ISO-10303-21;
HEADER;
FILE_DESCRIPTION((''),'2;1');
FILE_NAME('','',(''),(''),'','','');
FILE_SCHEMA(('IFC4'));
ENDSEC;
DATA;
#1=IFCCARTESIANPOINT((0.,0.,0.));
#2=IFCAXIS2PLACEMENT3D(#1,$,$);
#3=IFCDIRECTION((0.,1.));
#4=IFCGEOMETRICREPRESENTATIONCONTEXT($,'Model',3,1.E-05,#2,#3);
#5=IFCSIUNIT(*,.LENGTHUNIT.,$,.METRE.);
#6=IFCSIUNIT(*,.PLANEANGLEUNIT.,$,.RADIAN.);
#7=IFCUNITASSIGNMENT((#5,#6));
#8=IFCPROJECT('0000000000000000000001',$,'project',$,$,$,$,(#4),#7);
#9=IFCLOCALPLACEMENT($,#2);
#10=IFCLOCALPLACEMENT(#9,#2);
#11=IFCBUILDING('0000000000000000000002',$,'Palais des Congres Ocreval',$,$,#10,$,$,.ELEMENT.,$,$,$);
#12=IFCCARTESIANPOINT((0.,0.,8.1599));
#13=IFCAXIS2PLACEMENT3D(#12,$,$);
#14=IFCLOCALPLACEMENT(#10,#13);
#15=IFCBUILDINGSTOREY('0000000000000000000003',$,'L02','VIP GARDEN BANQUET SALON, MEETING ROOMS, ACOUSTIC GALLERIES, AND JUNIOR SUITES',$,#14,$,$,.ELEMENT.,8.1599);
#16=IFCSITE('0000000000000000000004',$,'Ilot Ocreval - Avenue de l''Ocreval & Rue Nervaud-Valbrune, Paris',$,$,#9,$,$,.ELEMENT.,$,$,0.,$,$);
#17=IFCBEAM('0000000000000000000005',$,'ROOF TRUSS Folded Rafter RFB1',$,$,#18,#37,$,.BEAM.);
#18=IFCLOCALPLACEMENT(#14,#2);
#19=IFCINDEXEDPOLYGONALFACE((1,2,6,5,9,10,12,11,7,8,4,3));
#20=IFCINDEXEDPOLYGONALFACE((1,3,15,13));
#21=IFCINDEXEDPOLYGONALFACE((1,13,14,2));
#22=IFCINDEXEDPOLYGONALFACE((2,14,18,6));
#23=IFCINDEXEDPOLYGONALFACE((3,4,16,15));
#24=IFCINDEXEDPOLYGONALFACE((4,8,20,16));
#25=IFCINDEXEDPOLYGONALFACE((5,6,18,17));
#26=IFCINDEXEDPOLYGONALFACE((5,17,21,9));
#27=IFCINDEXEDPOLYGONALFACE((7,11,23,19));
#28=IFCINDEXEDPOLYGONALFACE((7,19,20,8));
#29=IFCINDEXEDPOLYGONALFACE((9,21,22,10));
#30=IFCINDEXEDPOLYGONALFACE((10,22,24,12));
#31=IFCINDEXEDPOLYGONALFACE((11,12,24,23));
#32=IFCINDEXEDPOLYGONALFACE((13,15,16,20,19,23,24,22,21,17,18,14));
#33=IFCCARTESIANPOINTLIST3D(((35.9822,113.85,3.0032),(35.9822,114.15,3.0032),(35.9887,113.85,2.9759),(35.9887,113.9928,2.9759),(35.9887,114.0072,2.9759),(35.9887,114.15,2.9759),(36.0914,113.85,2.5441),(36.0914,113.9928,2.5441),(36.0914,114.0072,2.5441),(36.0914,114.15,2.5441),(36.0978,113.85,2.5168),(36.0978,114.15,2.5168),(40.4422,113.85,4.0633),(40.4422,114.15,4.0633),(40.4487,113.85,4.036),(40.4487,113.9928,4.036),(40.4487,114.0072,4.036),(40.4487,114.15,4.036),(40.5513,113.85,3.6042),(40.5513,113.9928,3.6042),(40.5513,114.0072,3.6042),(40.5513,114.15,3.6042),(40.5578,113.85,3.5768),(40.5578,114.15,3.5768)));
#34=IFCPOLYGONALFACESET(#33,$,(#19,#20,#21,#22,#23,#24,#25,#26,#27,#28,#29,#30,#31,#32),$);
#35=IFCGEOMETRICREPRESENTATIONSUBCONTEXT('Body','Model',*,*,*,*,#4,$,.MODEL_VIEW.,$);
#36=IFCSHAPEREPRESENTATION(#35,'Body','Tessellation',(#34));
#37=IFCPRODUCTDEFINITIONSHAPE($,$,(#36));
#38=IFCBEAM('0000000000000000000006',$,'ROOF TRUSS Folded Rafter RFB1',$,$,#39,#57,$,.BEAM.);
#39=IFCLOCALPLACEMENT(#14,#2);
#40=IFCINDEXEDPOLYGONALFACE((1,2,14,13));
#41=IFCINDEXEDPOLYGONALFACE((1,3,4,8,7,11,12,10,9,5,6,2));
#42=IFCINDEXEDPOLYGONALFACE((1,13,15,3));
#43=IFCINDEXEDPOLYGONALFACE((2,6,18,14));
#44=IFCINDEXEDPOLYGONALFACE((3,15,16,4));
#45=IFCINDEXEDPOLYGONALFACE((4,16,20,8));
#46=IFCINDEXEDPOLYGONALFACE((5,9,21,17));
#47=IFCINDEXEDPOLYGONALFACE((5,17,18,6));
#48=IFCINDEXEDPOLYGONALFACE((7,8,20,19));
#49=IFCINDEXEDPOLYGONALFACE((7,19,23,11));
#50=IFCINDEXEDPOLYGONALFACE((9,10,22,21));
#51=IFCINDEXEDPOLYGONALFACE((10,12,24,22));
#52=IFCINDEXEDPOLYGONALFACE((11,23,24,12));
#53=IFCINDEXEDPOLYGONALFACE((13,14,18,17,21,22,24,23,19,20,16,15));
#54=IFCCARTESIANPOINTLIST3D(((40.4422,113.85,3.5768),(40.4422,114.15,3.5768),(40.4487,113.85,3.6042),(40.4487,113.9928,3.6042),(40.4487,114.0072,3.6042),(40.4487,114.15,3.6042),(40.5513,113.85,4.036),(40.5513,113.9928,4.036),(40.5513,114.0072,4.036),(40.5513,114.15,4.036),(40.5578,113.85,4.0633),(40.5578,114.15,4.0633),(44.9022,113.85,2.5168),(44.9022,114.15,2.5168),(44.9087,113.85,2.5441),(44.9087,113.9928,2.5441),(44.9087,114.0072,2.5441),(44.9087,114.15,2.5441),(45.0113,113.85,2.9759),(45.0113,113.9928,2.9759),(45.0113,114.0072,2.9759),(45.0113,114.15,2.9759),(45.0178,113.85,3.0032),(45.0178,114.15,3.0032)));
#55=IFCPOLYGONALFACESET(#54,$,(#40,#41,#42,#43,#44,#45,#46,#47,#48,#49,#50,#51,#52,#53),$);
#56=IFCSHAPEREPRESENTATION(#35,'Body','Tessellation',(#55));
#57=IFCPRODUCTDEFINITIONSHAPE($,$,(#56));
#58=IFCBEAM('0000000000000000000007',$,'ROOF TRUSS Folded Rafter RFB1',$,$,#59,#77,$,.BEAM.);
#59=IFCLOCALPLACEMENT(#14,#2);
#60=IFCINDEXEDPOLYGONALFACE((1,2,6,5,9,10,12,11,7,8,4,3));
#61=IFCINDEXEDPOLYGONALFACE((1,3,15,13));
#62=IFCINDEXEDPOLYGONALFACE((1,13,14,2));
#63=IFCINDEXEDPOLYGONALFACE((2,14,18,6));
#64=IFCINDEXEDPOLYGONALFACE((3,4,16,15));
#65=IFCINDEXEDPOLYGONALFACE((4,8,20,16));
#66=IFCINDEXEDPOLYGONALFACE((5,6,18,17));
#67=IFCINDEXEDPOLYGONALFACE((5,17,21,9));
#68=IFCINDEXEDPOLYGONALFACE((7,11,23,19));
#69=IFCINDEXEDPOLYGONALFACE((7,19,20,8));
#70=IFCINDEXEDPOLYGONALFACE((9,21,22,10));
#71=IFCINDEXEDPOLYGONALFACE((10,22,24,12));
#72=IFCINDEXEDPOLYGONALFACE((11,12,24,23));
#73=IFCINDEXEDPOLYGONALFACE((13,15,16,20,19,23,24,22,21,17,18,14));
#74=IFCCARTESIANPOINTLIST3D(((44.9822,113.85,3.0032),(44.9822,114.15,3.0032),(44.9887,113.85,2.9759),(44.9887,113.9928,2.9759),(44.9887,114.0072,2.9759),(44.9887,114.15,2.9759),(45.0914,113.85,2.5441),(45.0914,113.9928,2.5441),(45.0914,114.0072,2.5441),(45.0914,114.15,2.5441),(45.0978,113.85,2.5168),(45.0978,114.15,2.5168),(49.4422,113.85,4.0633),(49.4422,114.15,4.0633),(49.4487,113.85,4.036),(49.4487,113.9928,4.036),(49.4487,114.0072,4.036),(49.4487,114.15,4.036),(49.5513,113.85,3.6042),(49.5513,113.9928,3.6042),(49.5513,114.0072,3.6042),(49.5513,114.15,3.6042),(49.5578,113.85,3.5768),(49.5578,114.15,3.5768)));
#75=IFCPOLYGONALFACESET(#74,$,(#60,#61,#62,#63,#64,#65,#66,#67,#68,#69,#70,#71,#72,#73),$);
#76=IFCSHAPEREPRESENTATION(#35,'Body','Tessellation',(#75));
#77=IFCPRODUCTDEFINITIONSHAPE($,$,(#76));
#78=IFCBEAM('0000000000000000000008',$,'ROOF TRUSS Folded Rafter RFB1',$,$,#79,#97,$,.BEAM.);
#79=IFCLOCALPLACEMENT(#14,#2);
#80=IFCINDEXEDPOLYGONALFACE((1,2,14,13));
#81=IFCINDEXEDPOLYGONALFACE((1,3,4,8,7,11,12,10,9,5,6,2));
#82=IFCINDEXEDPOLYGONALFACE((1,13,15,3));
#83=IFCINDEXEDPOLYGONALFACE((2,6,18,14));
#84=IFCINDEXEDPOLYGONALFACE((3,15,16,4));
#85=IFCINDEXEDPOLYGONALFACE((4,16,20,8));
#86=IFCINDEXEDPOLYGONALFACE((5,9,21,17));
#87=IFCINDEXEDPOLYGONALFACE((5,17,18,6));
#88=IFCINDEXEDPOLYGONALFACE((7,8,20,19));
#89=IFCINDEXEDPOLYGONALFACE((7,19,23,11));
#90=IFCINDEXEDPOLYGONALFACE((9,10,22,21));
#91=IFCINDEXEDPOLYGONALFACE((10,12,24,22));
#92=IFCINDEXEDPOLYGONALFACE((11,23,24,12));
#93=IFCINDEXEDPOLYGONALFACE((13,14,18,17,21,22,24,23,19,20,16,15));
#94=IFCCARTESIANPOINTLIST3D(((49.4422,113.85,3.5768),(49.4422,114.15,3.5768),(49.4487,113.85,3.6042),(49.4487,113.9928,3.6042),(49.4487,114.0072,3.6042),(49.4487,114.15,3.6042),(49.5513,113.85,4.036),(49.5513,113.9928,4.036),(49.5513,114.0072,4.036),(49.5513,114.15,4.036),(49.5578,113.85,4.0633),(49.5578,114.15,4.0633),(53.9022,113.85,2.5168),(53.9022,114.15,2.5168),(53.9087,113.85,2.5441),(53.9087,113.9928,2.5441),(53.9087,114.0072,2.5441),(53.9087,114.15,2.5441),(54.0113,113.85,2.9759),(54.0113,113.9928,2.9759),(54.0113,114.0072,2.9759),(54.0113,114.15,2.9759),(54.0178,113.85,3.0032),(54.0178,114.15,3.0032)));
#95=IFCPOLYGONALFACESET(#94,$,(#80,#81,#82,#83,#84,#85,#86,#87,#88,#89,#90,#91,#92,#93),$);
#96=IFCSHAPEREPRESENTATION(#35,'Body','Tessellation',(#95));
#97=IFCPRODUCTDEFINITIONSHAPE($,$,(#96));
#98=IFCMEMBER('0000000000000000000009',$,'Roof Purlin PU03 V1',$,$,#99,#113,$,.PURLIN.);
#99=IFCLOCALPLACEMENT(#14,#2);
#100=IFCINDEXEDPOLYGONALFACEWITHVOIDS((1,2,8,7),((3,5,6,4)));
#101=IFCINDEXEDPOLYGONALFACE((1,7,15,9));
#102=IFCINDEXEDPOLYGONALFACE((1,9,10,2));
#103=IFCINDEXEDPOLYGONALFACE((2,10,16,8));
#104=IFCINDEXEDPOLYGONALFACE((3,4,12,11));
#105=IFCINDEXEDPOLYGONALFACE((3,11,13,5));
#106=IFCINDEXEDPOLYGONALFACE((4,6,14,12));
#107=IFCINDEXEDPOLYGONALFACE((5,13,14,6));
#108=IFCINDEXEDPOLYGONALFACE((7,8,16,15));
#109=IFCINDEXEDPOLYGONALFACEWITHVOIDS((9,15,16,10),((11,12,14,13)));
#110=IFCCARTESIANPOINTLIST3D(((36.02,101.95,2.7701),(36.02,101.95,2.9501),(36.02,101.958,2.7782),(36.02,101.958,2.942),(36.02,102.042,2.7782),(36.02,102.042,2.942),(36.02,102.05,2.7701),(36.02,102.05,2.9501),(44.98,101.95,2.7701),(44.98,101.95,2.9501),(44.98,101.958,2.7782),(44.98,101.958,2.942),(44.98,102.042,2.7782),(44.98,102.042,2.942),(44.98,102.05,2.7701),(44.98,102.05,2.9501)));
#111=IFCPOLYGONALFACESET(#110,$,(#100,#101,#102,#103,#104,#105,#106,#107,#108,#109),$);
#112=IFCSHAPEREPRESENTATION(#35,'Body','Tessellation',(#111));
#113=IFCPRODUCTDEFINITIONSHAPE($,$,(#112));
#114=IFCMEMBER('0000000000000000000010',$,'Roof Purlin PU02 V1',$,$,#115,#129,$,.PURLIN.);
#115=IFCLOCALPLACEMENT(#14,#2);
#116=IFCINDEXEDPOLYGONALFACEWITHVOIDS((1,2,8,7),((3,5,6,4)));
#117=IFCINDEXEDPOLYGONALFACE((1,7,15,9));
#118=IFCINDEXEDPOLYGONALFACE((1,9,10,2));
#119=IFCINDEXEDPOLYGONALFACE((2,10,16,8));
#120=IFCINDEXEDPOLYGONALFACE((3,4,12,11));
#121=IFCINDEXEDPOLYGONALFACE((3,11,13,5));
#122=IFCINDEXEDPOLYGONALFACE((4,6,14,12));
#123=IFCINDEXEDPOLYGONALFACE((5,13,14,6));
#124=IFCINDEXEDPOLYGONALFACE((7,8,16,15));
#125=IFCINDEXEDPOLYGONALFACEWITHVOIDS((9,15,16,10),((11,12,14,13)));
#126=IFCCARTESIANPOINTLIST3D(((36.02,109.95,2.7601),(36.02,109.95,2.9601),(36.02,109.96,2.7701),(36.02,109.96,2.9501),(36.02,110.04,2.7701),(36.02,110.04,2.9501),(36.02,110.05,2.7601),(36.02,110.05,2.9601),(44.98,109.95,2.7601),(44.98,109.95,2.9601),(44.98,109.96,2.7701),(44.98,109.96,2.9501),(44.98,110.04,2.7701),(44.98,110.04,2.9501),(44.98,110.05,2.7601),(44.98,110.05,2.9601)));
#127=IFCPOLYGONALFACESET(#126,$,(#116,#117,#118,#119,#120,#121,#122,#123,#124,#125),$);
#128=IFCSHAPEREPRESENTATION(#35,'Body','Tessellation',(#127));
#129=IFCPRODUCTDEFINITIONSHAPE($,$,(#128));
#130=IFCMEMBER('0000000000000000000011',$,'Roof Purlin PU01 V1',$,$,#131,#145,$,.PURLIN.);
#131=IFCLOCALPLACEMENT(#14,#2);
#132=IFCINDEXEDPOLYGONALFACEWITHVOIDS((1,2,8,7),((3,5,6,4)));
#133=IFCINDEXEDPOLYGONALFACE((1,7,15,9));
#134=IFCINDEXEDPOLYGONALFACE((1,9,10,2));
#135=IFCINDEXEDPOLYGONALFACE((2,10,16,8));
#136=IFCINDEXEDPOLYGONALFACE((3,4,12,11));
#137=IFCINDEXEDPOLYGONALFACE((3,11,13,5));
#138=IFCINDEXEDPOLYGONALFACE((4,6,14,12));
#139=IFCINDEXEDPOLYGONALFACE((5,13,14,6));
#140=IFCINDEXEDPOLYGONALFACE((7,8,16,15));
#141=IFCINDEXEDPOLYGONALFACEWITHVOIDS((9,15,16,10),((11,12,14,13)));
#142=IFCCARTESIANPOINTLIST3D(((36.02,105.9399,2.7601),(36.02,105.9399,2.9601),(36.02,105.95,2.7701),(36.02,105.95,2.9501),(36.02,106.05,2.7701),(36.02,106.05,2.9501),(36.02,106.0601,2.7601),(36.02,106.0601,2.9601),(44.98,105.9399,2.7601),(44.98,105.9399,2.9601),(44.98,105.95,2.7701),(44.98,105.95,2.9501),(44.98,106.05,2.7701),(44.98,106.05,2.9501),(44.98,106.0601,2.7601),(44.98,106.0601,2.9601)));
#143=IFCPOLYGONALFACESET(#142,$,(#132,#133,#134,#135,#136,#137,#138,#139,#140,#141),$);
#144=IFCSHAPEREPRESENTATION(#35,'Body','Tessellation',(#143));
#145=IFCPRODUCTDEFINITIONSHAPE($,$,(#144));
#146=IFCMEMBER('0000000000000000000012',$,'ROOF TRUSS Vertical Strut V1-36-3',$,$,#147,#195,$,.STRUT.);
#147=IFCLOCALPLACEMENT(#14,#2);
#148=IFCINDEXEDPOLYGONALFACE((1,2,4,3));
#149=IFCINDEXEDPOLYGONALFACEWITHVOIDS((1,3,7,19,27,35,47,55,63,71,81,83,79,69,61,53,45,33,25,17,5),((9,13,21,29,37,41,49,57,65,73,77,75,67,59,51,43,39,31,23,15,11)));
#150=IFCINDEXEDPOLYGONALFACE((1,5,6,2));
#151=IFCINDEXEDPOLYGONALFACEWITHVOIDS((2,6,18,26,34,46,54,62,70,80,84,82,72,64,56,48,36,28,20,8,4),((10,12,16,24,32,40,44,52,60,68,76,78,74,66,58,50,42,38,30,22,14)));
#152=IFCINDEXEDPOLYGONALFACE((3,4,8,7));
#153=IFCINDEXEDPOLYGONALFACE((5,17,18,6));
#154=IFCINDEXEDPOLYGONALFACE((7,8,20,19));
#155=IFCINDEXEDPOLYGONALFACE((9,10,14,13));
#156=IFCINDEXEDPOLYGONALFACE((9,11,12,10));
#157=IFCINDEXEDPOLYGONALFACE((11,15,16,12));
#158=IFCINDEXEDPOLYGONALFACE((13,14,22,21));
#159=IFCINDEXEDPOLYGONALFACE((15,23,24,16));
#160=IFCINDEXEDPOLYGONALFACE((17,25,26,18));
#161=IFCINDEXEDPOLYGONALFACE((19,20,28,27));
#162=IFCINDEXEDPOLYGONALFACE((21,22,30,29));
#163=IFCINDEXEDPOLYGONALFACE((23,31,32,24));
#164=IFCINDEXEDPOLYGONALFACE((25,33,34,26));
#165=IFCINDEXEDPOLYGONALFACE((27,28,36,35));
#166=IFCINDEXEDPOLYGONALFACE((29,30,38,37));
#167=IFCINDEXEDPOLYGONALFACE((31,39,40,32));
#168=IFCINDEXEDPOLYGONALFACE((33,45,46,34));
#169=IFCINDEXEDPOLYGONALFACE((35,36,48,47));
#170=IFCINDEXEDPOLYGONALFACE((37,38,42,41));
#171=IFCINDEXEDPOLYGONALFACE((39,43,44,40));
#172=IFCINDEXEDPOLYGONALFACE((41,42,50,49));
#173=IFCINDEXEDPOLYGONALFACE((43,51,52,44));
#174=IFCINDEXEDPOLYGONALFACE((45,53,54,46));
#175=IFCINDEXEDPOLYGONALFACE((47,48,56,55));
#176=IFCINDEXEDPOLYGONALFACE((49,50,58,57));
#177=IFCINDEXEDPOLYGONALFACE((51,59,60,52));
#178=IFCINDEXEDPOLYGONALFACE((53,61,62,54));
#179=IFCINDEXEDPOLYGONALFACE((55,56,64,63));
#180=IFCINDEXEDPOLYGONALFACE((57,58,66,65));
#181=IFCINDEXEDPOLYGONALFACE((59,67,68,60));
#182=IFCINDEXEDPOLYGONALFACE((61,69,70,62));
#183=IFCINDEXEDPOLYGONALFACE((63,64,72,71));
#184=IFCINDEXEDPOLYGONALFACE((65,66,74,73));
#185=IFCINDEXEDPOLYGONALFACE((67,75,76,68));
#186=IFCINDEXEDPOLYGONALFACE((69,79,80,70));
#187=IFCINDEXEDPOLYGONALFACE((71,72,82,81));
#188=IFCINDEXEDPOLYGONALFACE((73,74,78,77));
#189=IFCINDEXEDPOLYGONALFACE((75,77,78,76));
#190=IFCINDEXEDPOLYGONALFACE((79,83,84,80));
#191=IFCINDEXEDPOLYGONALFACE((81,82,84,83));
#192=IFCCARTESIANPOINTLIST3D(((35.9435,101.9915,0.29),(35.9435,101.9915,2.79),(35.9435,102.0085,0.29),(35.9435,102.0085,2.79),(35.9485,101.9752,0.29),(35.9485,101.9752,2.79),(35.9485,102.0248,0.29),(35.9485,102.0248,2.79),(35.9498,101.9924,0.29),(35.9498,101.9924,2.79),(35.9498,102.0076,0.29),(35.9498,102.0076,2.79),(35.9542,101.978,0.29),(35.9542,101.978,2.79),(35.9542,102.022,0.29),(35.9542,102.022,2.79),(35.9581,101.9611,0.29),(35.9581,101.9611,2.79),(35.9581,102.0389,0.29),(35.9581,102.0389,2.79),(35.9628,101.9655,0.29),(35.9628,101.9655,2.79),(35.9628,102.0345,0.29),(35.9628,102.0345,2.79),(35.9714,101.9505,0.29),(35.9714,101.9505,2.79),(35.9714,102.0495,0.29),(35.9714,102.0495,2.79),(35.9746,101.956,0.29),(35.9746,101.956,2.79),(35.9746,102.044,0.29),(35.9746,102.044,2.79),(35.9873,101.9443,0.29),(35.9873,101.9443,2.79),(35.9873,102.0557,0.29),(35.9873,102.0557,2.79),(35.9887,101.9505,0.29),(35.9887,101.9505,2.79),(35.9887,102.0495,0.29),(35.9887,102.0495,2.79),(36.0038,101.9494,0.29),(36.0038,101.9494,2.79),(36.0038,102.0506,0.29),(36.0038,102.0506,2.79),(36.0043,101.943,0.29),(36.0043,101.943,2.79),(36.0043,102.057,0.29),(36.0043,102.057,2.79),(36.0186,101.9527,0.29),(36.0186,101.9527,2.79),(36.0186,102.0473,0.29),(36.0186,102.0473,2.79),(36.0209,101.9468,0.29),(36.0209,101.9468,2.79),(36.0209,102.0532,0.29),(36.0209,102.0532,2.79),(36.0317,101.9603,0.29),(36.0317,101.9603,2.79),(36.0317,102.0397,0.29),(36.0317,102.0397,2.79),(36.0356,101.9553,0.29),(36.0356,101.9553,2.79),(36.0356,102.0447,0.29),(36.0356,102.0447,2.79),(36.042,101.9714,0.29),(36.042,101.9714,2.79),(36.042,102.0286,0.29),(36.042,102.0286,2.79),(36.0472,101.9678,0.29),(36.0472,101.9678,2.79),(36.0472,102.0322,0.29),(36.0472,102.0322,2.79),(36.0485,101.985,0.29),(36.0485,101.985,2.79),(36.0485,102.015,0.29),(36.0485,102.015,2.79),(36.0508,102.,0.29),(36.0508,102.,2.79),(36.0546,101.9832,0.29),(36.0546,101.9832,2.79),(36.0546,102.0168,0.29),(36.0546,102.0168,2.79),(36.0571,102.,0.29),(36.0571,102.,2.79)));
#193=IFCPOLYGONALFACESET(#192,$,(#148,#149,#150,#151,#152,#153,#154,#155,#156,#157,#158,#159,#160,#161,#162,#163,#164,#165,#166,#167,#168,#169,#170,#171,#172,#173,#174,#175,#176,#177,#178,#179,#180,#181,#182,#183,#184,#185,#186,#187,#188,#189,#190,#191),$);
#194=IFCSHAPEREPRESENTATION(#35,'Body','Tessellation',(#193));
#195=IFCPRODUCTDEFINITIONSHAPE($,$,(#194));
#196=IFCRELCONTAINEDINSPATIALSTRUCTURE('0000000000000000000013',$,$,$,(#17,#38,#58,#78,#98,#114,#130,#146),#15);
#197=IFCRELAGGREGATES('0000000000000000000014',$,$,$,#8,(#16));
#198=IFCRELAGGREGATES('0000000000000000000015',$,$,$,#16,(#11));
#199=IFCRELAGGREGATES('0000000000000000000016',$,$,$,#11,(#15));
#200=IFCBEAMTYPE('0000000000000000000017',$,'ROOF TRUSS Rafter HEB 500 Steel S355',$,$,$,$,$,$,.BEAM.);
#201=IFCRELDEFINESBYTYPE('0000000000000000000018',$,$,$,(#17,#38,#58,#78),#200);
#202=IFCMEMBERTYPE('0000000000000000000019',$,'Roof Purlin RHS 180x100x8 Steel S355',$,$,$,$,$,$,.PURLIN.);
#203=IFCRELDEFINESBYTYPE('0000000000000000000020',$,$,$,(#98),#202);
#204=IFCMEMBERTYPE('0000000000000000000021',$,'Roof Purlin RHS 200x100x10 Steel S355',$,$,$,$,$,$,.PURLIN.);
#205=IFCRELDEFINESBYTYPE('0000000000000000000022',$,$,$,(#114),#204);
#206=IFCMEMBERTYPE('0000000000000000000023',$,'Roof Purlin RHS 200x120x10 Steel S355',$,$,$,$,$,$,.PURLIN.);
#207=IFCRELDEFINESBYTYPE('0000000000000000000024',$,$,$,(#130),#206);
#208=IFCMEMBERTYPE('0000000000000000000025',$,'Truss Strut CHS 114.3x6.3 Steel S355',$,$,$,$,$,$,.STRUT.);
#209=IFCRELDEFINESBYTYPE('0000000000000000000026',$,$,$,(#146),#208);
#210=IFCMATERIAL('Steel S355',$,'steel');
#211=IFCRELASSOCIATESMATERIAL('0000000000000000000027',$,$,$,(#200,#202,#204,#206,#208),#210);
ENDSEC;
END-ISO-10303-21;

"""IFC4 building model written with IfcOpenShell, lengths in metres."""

from ifc_helpers import new_model, si_unit, direction, frame, origin, origin_2d, place, context, subcontext, project, spatial, hollow_rectangle, hollow_circle, i_section, extrude, material, material_profile, profile_set, type_object, element, save


model = new_model("IFC4")

# Units and contexts
model_context = context("Model", 3, precision=1e-05, world=origin(), true_north=direction((0.0, 1.0)))
body_context = subcontext(model_context, "Body", "Model", "MODEL_VIEW")
ifc_project = project(units=[si_unit("LENGTHUNIT", "METRE"), si_unit("PLANEANGLEUNIT", "RADIAN")], contexts=[model_context])

# Site, building, storey
site_placement = place(None, origin())
site = spatial("IfcSite", under=ifc_project, at=site_placement, Name="Ilot Ocreval - Avenue de l'Ocreval & Rue Nervaud-Valbrune, Paris", CompositionType="ELEMENT", RefElevation=0.0)
building_placement = place(site_placement, origin())
building = spatial("IfcBuilding", under=site, at=building_placement, Name="Palais des Congres Ocreval", CompositionType="ELEMENT")
storey_placement = place(building_placement, frame((0.0, 0.0, 8.1599)))
storey = spatial("IfcBuildingStorey", under=building, at=storey_placement, Name="L02", Description="VIP GARDEN BANQUET SALON, MEETING ROOMS, ACOUSTIC GALLERIES, AND JUNIOR SUITES", CompositionType="ELEMENT", Elevation=8.1599)

# Shared definitions
ifc_material_1 = material(Name="Steel S355", Category="steel")

# Beams
ifc_material_profile_1 = material_profile(ifc_material_1, i_section(OverallWidth=0.3, OverallDepth=0.5, WebThickness=0.0144, FlangeThickness=0.0281, at=origin_2d()), Name="HEB 500")
ifc_profile_set_1 = profile_set([ifc_material_profile_1], Name="Steel S355")
beam_type_1 = type_object("IfcBeamType", Name="ROOF TRUSS Rafter HEB 500 Steel S355", PredefinedType="BEAM", material=ifc_profile_set_1)
for number, where, z_axis, x_axis, name in (
    (1, (36.04, 114.0, 2.76), (0.972896, 0.0, 0.231241), (0.0, 1.0, 0.0), "ROOF TRUSS Folded Rafter RFB1"),
    (2, (40.5, 114.0, 3.8201), (0.972896, 0.0, -0.231241), (0.0, 1.0, 0.0), "ROOF TRUSS Folded Rafter RFB1"),
    (3, (45.04, 114.0, 2.76), (0.972896, 0.0, 0.231241), (0.0, 1.0, 0.0), "ROOF TRUSS Folded Rafter RFB1"),
    (4, (49.5, 114.0, 3.8201), (0.972896, 0.0, -0.231241), (0.0, 1.0, 0.0), "ROOF TRUSS Folded Rafter RFB1"),
):
    element("IfcBeam", number, at=place(storey_placement, frame(where, z_axis=z_axis, x_axis=x_axis)), inside=storey, type_object=beam_type_1, Name=name, PredefinedType="BEAM", context=body_context, shape_type="SweptSolid", body=[
        extrude(i_section(OverallWidth=0.3, OverallDepth=0.5, WebThickness=0.0144, FlangeThickness=0.0281, at=origin_2d()), origin(), (0.0, 0.0, 1.0), 4.5842),
    ])

# Members
ifc_material_profile_2 = material_profile(ifc_material_1, hollow_rectangle(XDim=0.1001, YDim=0.1799, WallThickness=0.0081, at=origin_2d()), Name="RHS 180x100x8")
ifc_profile_set_2 = profile_set([ifc_material_profile_2], Name="Steel S355")
member_type_1 = type_object("IfcMemberType", Name="Roof Purlin RHS 180x100x8 Steel S355", PredefinedType="PURLIN", material=ifc_profile_set_2)
member_1_placement = place(storey_placement, frame((36.02, 102.0, 2.8601), z_axis=(1.0, 0.0, 0.0), x_axis=(0.0, 1.0, 0.0)))
element("IfcMember", 5, at=member_1_placement, inside=storey, type_object=member_type_1, Name="Roof Purlin PU03 V1", PredefinedType="PURLIN", context=body_context, shape_type="SweptSolid", body=[
    extrude(hollow_rectangle(XDim=0.1001, YDim=0.1799, WallThickness=0.0081, at=origin_2d()), origin(), (0.0, 0.0, 1.0), 8.96),
])
ifc_material_profile_3 = material_profile(ifc_material_1, hollow_rectangle(XDim=0.1001, YDim=0.2, WallThickness=0.01, at=origin_2d()), Name="RHS 200x100x10")
ifc_profile_set_3 = profile_set([ifc_material_profile_3], Name="Steel S355")
member_type_2 = type_object("IfcMemberType", Name="Roof Purlin RHS 200x100x10 Steel S355", PredefinedType="PURLIN", material=ifc_profile_set_3)
member_2_placement = place(storey_placement, frame((36.02, 110.0, 2.8601), z_axis=(1.0, 0.0, 0.0), x_axis=(0.0, 1.0, 0.0)))
element("IfcMember", 6, at=member_2_placement, inside=storey, type_object=member_type_2, Name="Roof Purlin PU02 V1", PredefinedType="PURLIN", context=body_context, shape_type="SweptSolid", body=[
    extrude(hollow_rectangle(XDim=0.1001, YDim=0.2, WallThickness=0.01, at=origin_2d()), origin(), (0.0, 0.0, 1.0), 8.96),
])
ifc_material_profile_4 = material_profile(ifc_material_1, hollow_rectangle(XDim=0.1201, YDim=0.2, WallThickness=0.01, at=origin_2d()), Name="RHS 200x120x10")
ifc_profile_set_4 = profile_set([ifc_material_profile_4], Name="Steel S355")
member_type_3 = type_object("IfcMemberType", Name="Roof Purlin RHS 200x120x10 Steel S355", PredefinedType="PURLIN", material=ifc_profile_set_4)
member_3_placement = place(storey_placement, frame((36.02, 106.0, 2.8601), z_axis=(1.0, 0.0, 0.0), x_axis=(0.0, 1.0, 0.0)))
element("IfcMember", 7, at=member_3_placement, inside=storey, type_object=member_type_3, Name="Roof Purlin PU01 V1", PredefinedType="PURLIN", context=body_context, shape_type="SweptSolid", body=[
    extrude(hollow_rectangle(XDim=0.1201, YDim=0.2, WallThickness=0.01, at=origin_2d()), origin(), (0.0, 0.0, 1.0), 8.96),
])
ifc_material_profile_5 = material_profile(ifc_material_1, hollow_circle(Radius=0.0571, WallThickness=0.0063, at=origin_2d()), Name="CHS 114.3x6.3")
ifc_profile_set_5 = profile_set([ifc_material_profile_5], Name="Steel S355")
member_type_4 = type_object("IfcMemberType", Name="Truss Strut CHS 114.3x6.3 Steel S355", PredefinedType="STRUT", material=ifc_profile_set_5)
for number, where, z_axis, x_axis, name in (
    (8, (36.0, 102.0, 0.29), (0.0, 0.0, 1.0), (1.0, 0.0, 0.0), "ROOF TRUSS Vertical Strut V1-36-3"),
):
    element("IfcMember", number, at=place(storey_placement, frame(where, z_axis=z_axis, x_axis=x_axis)), inside=storey, type_object=member_type_4, Name=name, PredefinedType="STRUT", context=body_context, shape_type="SweptSolid", body=[
        extrude(hollow_circle(Radius=0.0571, WallThickness=0.0063, at=origin_2d()), origin(), (0.0, 0.0, 1.0), 2.5),
    ])

save(model, "model.ifc")
